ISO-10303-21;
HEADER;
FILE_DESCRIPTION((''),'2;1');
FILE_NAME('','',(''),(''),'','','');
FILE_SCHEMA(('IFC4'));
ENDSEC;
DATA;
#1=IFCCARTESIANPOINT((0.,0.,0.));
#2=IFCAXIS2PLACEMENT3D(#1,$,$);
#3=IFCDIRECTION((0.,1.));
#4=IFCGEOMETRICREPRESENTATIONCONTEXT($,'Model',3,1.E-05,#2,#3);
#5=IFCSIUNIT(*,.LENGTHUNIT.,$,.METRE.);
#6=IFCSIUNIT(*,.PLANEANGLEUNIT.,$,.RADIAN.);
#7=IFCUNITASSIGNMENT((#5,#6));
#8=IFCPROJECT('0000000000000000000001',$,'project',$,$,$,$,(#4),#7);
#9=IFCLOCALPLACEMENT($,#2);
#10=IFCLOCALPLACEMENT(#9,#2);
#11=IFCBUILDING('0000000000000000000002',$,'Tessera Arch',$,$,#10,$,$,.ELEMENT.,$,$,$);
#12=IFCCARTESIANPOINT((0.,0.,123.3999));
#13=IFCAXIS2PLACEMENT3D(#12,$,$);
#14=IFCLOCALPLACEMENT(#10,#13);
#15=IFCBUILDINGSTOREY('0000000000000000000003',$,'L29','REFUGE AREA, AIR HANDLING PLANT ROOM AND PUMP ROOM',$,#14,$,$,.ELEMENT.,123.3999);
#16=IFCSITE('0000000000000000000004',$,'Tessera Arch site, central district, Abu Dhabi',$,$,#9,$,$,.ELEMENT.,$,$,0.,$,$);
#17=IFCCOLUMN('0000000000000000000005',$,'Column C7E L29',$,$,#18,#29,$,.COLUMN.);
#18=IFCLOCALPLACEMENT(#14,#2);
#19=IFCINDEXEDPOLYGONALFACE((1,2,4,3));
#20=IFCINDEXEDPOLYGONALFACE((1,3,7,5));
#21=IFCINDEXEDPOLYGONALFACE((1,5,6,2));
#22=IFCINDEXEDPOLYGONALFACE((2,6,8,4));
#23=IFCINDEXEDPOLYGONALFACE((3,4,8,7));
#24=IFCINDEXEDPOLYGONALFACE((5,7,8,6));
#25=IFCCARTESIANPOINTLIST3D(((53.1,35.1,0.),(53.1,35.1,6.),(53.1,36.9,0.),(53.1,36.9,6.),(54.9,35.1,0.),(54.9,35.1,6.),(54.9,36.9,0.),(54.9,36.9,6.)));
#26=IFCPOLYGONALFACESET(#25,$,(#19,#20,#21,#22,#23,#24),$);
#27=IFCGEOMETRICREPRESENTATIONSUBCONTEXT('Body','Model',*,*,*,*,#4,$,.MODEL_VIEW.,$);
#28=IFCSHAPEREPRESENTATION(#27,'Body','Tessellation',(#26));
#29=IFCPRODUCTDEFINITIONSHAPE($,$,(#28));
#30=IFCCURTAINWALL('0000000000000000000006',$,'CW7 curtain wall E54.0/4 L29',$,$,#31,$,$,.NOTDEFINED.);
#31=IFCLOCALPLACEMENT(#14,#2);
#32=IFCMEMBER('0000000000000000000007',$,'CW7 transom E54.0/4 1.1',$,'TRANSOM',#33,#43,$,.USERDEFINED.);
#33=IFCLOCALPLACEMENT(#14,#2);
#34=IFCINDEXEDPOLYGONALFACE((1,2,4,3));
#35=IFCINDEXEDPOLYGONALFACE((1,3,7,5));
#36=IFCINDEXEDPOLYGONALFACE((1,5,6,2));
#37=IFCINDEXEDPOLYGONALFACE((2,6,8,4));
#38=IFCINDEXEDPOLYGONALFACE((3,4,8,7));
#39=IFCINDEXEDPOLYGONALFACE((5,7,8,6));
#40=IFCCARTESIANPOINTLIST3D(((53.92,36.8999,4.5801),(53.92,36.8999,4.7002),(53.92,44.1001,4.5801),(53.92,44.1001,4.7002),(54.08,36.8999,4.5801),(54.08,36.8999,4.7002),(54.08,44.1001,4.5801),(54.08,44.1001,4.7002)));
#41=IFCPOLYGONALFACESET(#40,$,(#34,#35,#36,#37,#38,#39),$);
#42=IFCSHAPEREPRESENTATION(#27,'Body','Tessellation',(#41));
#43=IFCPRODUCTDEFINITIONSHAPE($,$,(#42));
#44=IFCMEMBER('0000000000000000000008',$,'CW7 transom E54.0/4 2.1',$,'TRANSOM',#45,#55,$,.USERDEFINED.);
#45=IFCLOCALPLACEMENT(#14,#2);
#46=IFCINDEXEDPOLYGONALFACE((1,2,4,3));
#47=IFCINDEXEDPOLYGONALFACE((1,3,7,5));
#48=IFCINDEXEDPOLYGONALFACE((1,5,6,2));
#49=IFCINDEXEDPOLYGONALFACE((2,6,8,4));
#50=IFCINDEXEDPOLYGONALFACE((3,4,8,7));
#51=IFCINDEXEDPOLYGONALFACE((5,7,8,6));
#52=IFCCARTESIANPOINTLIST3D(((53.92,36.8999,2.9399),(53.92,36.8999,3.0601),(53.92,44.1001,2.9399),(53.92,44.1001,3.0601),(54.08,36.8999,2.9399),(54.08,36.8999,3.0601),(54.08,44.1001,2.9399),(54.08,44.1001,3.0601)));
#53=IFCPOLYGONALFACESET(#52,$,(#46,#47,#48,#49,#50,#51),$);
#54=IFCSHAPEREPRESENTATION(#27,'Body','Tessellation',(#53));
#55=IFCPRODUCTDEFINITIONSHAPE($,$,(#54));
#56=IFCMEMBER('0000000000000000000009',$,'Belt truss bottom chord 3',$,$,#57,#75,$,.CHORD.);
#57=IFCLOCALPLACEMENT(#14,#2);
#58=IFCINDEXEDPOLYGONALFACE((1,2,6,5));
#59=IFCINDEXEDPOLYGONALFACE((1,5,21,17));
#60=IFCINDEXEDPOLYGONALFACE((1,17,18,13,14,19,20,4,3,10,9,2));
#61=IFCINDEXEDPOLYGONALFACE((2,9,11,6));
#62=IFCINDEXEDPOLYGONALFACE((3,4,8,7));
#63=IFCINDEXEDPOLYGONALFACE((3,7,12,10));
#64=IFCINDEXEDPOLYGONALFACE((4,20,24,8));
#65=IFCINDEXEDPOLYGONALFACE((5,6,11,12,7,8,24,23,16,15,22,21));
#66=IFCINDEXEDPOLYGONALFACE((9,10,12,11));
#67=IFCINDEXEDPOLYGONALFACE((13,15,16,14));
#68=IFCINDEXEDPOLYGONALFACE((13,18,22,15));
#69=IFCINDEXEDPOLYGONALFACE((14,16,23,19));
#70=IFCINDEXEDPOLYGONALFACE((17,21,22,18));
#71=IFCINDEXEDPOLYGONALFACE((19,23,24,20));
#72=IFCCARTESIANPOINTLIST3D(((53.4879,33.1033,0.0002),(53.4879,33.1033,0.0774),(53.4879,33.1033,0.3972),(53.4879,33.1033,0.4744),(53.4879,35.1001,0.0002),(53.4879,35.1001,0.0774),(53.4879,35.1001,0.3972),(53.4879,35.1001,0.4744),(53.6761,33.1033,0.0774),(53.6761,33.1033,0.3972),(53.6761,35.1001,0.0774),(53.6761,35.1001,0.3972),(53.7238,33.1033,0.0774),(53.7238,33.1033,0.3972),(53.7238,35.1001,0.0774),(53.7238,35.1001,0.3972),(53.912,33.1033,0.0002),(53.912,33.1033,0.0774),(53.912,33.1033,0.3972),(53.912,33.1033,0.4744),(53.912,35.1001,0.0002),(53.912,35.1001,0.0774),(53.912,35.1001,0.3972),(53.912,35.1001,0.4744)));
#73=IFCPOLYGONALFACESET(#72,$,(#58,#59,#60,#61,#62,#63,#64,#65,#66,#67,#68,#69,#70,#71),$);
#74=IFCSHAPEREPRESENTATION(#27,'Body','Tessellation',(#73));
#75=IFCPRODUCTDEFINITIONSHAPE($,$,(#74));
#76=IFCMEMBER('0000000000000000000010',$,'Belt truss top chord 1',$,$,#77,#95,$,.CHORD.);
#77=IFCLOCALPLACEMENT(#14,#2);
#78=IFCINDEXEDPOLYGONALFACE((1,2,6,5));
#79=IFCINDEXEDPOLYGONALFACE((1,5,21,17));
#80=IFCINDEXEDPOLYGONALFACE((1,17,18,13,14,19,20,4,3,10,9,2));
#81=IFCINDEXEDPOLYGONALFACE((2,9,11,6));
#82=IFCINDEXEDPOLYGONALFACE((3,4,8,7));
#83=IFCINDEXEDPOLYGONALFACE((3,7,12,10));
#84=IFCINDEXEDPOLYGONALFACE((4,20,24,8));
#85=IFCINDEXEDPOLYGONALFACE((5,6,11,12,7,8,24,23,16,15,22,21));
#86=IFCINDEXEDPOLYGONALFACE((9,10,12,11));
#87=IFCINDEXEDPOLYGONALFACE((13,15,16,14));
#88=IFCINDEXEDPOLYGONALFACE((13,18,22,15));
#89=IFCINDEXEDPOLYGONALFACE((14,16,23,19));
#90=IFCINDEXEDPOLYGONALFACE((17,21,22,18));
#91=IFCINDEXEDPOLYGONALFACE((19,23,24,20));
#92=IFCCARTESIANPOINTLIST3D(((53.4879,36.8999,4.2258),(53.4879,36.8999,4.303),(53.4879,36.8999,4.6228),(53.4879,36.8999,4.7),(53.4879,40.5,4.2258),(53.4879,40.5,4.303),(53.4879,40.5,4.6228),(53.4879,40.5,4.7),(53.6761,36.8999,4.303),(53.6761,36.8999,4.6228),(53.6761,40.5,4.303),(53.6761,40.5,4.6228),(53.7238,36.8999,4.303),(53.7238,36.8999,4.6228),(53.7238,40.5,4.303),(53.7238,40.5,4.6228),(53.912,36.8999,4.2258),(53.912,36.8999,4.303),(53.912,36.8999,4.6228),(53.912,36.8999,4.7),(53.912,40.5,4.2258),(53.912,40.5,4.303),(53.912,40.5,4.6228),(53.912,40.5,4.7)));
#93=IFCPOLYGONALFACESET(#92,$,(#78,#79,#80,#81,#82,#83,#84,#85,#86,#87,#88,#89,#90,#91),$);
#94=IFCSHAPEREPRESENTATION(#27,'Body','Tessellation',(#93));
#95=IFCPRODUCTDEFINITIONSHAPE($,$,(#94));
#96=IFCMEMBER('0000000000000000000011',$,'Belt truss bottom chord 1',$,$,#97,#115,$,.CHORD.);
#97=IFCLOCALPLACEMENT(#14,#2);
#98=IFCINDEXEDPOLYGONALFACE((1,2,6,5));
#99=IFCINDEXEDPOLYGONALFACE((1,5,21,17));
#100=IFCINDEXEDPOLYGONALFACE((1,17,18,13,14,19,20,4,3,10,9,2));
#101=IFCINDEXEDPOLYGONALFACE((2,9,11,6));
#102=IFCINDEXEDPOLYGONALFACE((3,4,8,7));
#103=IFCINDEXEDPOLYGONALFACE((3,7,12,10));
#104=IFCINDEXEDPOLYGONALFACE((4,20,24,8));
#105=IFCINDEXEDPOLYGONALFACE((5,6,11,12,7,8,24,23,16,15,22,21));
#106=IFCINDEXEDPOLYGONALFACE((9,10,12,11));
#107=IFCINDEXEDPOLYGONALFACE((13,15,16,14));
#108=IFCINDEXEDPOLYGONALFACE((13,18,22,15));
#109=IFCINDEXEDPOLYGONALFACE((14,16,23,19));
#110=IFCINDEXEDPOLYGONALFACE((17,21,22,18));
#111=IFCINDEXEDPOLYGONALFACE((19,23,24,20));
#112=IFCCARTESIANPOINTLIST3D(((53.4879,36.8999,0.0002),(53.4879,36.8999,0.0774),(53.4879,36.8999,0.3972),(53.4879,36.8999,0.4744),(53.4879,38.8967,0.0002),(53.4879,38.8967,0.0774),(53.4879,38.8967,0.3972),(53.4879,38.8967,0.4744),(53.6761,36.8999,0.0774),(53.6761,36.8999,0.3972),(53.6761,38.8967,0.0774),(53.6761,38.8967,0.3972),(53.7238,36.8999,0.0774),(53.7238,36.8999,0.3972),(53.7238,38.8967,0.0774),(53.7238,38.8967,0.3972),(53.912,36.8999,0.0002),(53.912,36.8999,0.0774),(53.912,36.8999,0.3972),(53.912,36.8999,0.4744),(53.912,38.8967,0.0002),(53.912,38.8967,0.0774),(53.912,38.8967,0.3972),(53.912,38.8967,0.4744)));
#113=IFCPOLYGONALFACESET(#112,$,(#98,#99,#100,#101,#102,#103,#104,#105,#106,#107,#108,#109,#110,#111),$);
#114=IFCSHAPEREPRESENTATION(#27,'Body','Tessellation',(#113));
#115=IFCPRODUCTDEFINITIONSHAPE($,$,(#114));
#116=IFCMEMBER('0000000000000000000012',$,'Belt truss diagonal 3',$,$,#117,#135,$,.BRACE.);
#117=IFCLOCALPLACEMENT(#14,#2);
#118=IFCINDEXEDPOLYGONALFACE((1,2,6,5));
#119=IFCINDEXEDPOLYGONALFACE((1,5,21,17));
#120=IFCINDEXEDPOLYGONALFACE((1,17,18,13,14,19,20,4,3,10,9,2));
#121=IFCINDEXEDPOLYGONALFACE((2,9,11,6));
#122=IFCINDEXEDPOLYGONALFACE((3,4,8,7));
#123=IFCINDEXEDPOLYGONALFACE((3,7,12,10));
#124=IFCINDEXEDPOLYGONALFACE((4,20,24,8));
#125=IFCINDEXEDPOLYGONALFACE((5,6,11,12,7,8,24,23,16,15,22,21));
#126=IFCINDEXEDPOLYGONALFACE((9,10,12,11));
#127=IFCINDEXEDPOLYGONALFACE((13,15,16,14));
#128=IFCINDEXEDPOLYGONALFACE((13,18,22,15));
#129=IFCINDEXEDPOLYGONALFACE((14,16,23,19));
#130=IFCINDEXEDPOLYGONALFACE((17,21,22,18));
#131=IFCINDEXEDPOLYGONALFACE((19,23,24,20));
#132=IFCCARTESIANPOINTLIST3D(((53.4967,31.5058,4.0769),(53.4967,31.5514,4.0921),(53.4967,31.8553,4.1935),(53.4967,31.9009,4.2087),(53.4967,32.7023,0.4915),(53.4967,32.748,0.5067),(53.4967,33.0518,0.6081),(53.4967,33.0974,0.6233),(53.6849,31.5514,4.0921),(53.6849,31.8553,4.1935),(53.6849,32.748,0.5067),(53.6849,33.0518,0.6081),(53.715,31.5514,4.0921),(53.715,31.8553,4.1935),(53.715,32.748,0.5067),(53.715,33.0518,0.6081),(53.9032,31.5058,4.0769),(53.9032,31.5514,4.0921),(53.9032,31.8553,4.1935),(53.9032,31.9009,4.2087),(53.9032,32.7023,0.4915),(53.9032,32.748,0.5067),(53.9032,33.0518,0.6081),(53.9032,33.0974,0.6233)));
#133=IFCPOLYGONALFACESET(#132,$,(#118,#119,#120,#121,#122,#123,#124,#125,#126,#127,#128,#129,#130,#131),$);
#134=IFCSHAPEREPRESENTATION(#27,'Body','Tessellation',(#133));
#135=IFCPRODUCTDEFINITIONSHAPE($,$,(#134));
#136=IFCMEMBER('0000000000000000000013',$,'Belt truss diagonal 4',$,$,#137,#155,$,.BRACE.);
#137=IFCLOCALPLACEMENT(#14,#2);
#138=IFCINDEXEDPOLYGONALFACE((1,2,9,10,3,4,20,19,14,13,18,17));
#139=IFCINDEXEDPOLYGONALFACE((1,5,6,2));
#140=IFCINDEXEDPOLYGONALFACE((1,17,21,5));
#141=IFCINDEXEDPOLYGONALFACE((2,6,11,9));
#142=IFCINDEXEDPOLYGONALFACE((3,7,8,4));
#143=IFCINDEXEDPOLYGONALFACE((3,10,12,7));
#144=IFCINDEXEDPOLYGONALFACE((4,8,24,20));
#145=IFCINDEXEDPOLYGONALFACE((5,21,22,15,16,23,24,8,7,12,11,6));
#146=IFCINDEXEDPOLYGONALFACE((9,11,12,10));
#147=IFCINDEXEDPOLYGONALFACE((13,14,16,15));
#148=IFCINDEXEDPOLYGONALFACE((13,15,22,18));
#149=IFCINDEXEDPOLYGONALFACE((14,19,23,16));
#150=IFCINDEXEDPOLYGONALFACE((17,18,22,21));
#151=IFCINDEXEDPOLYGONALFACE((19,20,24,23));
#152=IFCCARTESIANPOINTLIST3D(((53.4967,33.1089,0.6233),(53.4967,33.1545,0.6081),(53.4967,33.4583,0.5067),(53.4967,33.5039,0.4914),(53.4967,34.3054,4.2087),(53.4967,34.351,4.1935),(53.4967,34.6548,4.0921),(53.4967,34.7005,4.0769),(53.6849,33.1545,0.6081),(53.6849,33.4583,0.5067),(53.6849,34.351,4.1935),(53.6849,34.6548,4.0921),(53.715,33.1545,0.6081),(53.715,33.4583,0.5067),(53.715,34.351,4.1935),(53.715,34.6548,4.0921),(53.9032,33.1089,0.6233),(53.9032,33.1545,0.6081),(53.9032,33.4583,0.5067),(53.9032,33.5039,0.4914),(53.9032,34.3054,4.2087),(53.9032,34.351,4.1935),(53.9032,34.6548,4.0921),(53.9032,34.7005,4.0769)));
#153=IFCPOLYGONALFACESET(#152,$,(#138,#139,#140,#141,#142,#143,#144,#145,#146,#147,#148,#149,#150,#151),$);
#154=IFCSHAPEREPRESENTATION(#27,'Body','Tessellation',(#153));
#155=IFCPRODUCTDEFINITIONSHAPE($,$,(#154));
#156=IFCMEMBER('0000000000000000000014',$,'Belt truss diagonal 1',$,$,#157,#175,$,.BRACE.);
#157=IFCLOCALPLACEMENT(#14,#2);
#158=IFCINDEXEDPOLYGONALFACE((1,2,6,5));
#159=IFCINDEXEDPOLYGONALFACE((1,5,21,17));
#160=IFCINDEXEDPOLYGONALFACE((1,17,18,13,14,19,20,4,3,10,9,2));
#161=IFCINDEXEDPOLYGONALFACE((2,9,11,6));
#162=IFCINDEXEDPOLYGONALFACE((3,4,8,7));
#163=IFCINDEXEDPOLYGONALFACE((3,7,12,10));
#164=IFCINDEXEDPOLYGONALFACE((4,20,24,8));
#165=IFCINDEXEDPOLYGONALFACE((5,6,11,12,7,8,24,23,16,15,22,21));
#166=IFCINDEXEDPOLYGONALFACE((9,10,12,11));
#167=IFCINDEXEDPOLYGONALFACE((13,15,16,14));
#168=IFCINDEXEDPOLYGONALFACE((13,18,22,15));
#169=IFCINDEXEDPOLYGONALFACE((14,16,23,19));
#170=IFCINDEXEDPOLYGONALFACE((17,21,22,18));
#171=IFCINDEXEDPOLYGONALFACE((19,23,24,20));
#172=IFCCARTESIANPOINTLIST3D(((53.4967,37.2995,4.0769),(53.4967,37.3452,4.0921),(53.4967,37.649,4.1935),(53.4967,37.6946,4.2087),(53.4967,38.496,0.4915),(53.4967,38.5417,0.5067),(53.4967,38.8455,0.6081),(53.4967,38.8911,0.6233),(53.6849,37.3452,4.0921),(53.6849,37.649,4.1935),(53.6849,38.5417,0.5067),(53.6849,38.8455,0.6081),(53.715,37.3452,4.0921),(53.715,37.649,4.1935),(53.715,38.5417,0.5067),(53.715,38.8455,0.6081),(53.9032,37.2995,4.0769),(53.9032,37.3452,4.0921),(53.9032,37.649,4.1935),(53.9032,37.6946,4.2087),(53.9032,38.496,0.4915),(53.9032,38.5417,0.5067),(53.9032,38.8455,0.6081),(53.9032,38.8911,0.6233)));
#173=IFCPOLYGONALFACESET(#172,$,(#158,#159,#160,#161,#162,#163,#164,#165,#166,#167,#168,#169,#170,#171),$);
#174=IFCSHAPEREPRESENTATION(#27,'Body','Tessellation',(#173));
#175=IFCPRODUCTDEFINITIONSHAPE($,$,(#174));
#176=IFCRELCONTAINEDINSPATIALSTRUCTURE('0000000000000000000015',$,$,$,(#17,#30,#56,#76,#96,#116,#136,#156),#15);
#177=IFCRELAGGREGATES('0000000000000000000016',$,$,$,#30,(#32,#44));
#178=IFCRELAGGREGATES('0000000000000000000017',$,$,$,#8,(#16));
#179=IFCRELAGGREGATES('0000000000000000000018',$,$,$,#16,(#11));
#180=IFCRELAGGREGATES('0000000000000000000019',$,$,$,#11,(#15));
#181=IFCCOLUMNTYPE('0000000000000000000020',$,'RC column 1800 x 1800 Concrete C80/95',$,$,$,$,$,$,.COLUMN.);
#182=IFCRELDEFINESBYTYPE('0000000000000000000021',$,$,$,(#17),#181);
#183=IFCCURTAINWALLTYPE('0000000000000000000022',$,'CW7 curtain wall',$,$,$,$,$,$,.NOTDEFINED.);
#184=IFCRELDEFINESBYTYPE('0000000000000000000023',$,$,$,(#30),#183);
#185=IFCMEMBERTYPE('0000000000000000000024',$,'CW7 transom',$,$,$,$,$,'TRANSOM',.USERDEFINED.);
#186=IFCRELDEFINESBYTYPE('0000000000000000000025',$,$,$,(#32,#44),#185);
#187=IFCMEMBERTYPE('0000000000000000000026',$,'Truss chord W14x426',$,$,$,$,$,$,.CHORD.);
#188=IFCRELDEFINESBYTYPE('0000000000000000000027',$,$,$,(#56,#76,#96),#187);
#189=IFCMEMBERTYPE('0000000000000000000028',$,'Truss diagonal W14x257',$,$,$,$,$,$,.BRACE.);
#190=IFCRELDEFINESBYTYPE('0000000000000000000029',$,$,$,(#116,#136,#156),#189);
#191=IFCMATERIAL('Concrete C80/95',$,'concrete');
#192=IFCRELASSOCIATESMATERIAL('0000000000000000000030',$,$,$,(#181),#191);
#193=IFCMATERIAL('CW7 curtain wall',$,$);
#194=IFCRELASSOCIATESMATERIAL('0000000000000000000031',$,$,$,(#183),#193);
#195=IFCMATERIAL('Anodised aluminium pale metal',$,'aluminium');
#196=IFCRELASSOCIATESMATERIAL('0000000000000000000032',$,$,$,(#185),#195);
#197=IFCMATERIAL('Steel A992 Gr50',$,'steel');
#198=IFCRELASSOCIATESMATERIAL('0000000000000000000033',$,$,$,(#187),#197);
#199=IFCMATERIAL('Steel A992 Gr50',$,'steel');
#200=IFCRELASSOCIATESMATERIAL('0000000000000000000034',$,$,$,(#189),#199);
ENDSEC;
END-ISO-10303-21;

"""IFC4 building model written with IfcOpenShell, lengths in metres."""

from ifc_helpers import new_model, si_unit, direction, frame, origin, origin_2d, place, context, subcontext, project, spatial, rectangle, i_section, extrude, material, material_profile, profile_set, type_object, element, aggregate, save


model = new_model("IFC4")

# Units and contexts
model_context = context("Model", 3, precision=1e-05, world=origin(), true_north=direction((0.0, 1.0)))
body_context = subcontext(model_context, "Body", "Model", "MODEL_VIEW")
ifc_project = project(units=[si_unit("LENGTHUNIT", "METRE"), si_unit("PLANEANGLEUNIT", "RADIAN")], contexts=[model_context])

# Site, building, storey
site_placement = place(None, origin())
site = spatial("IfcSite", under=ifc_project, at=site_placement, Name="Tessera Arch site, central district, Abu Dhabi", CompositionType="ELEMENT", RefElevation=0.0)
building_placement = place(site_placement, origin())
building = spatial("IfcBuilding", under=site, at=building_placement, Name="Tessera Arch", CompositionType="ELEMENT")
storey_placement = place(building_placement, frame((0.0, 0.0, 123.3999)))
storey = spatial("IfcBuildingStorey", under=building, at=storey_placement, Name="L29", Description="REFUGE AREA, AIR HANDLING PLANT ROOM AND PUMP ROOM", CompositionType="ELEMENT", Elevation=123.3999)

# Column
ifc_material_1 = material(Name="Concrete C80/95", Category="concrete")
ifc_material_profile_1 = material_profile(ifc_material_1, rectangle(XDim=1.8, YDim=1.8, at=origin_2d()), Name="RC column 1800 x 1800 Concrete C80/95")
ifc_profile_set_1 = profile_set([ifc_material_profile_1], Name="Concrete C80/95")
column_type = type_object("IfcColumnType", Name="RC column 1800 x 1800 Concrete C80/95", PredefinedType="COLUMN", material=ifc_profile_set_1)
column_placement = place(storey_placement, frame((54.0, 36.0, 0.0), z_axis=(0.0, 0.0, 1.0), x_axis=(1.0, 0.0, 0.0)))
element("IfcColumn", 1, at=column_placement, inside=storey, type_object=column_type, Name="Column C7E L29", PredefinedType="COLUMN", context=body_context, shape_type="SweptSolid", body=[
    extrude(rectangle(XDim=1.8, YDim=1.8, at=origin_2d()), origin(), (0.0, 0.0, 1.0), 6.0),
])

# Curtain wall, members
ifc_material_2 = material(Name="CW7 curtain wall")
curtain_wall_type = type_object("IfcCurtainWallType", Name="CW7 curtain wall", PredefinedType="NOTDEFINED", material=ifc_material_2)
curtain_wall_1_placement = place(storey_placement, origin())
curtain_wall_1 = element("IfcCurtainWall", 2, at=curtain_wall_1_placement, inside=storey, type_object=curtain_wall_type, Name="CW7 curtain wall E54.0/4 L29", PredefinedType="NOTDEFINED")
ifc_material_3 = material(Name="Anodised aluminium pale metal", Category="aluminium")
ifc_material_profile_2 = material_profile(ifc_material_3, rectangle(XDim=0.1599, YDim=0.1201, at=origin_2d()), Name="AL 160x120")
ifc_profile_set_2 = profile_set([ifc_material_profile_2], Name="Anodised aluminium pale metal")
member_type_1 = type_object("IfcMemberType", Name="CW7 transom", ElementType="TRANSOM", PredefinedType="USERDEFINED", material=ifc_profile_set_2)
member_1_placement = place(storey_placement, frame((54.0, 36.8999, 4.6401), z_axis=(0.0, 1.0, 0.0), x_axis=(-1.0, 0.0, 0.0)))
member_1 = element("IfcMember", 3, at=member_1_placement, type_object=member_type_1, Name="CW7 transom E54.0/4 1.1", ObjectType="TRANSOM", PredefinedType="USERDEFINED", context=body_context, shape_type="SweptSolid", body=[
    extrude(rectangle(XDim=0.1599, YDim=0.1201, at=origin_2d()), origin(), (0.0, 0.0, 1.0), 7.2002),
])
member_2_placement = place(storey_placement, frame((54.0, 36.8999, 3.0), z_axis=(0.0, 1.0, 0.0), x_axis=(-1.0, 0.0, 0.0)))
member_2 = element("IfcMember", 4, at=member_2_placement, type_object=member_type_1, Name="CW7 transom E54.0/4 2.1", ObjectType="TRANSOM", PredefinedType="USERDEFINED", context=body_context, shape_type="SweptSolid", body=[
    extrude(rectangle(XDim=0.1599, YDim=0.1201, at=origin_2d()), origin(), (0.0, 0.0, 1.0), 7.2002),
])

# Members
ifc_material_4 = material(Name="Steel A992 Gr50", Category="steel")
ifc_material_profile_3 = material_profile(ifc_material_4, i_section(OverallWidth=0.4241, OverallDepth=0.4741, WebThickness=0.0476, FlangeThickness=0.0771, at=origin_2d()), Name="W14x426")
ifc_profile_set_3 = profile_set([ifc_material_profile_3], Name="Steel A992 Gr50")
member_type_2 = type_object("IfcMemberType", Name="Truss chord W14x426", PredefinedType="CHORD", material=ifc_profile_set_3)
member_3_placement = place(storey_placement, frame((53.7, 33.1033, 0.2373), z_axis=(0.0, 1.0, 0.0), x_axis=(-1.0, 0.0, 0.0)))
element("IfcMember", 5, at=member_3_placement, inside=storey, type_object=member_type_2, Name="Belt truss bottom chord 3", PredefinedType="CHORD", context=body_context, shape_type="SweptSolid", body=[
    extrude(i_section(OverallWidth=0.4241, OverallDepth=0.4741, WebThickness=0.0476, FlangeThickness=0.0771, at=origin_2d()), origin(), (0.0, 0.0, 1.0), 1.9968),
])
member_4_placement = place(storey_placement, frame((53.7, 36.8999, 4.4629), z_axis=(0.0, 1.0, 0.0), x_axis=(-1.0, 0.0, 0.0)))
element("IfcMember", 6, at=member_4_placement, inside=storey, type_object=member_type_2, Name="Belt truss top chord 1", PredefinedType="CHORD", context=body_context, shape_type="SweptSolid", body=[
    extrude(i_section(OverallWidth=0.4241, OverallDepth=0.4741, WebThickness=0.0476, FlangeThickness=0.0771, at=origin_2d()), origin(), (0.0, 0.0, 1.0), 3.6001),
])
member_5_placement = place(storey_placement, frame((53.7, 36.8999, 0.2373), z_axis=(0.0, 1.0, 0.0), x_axis=(-1.0, 0.0, 0.0)))
element("IfcMember", 7, at=member_5_placement, inside=storey, type_object=member_type_2, Name="Belt truss bottom chord 1", PredefinedType="CHORD", context=body_context, shape_type="SweptSolid", body=[
    extrude(i_section(OverallWidth=0.4241, OverallDepth=0.4741, WebThickness=0.0476, FlangeThickness=0.0771, at=origin_2d()), origin(), (0.0, 0.0, 1.0), 1.9968),
])
ifc_material_5 = material(Name="Steel A992 Gr50", Category="steel")
ifc_material_profile_4 = material_profile(ifc_material_5, i_section(OverallWidth=0.4065, OverallDepth=0.4165, WebThickness=0.03, FlangeThickness=0.0481, at=origin_2d()), Name="W14x257")
ifc_profile_set_4 = profile_set([ifc_material_profile_4], Name="Steel A992 Gr50")
member_type_3 = type_object("IfcMemberType", Name="Truss diagonal W14x257", PredefinedType="BRACE", material=ifc_profile_set_4)
for number, where, z_axis, x_axis, name in (
    (8, (53.7, 31.7034, 4.1428), (0.0, 0.316557, -0.948573), (-1.0, 0.0, 0.0), "Belt truss diagonal 3"),
    (9, (53.7, 33.3064, 0.5574), (0.0, 0.316557, 0.948573), (-1.0, 0.0, 0.0), "Belt truss diagonal 4"),
    (10, (53.7, 37.4971, 4.1428), (0.0, 0.316557, -0.948573), (-1.0, 0.0, 0.0), "Belt truss diagonal 1"),
):
    element("IfcMember", number, at=place(storey_placement, frame(where, z_axis=z_axis, x_axis=x_axis)), inside=storey, type_object=member_type_3, Name=name, PredefinedType="BRACE", context=body_context, shape_type="SweptSolid", body=[
        extrude(i_section(OverallWidth=0.4065, OverallDepth=0.4165, WebThickness=0.03, FlangeThickness=0.0481, at=origin_2d()), origin(), (0.0, 0.0, 1.0), 3.7798),
    ])

aggregate(curtain_wall_1, [member_1, member_2])

save(model, "model.ifc")
